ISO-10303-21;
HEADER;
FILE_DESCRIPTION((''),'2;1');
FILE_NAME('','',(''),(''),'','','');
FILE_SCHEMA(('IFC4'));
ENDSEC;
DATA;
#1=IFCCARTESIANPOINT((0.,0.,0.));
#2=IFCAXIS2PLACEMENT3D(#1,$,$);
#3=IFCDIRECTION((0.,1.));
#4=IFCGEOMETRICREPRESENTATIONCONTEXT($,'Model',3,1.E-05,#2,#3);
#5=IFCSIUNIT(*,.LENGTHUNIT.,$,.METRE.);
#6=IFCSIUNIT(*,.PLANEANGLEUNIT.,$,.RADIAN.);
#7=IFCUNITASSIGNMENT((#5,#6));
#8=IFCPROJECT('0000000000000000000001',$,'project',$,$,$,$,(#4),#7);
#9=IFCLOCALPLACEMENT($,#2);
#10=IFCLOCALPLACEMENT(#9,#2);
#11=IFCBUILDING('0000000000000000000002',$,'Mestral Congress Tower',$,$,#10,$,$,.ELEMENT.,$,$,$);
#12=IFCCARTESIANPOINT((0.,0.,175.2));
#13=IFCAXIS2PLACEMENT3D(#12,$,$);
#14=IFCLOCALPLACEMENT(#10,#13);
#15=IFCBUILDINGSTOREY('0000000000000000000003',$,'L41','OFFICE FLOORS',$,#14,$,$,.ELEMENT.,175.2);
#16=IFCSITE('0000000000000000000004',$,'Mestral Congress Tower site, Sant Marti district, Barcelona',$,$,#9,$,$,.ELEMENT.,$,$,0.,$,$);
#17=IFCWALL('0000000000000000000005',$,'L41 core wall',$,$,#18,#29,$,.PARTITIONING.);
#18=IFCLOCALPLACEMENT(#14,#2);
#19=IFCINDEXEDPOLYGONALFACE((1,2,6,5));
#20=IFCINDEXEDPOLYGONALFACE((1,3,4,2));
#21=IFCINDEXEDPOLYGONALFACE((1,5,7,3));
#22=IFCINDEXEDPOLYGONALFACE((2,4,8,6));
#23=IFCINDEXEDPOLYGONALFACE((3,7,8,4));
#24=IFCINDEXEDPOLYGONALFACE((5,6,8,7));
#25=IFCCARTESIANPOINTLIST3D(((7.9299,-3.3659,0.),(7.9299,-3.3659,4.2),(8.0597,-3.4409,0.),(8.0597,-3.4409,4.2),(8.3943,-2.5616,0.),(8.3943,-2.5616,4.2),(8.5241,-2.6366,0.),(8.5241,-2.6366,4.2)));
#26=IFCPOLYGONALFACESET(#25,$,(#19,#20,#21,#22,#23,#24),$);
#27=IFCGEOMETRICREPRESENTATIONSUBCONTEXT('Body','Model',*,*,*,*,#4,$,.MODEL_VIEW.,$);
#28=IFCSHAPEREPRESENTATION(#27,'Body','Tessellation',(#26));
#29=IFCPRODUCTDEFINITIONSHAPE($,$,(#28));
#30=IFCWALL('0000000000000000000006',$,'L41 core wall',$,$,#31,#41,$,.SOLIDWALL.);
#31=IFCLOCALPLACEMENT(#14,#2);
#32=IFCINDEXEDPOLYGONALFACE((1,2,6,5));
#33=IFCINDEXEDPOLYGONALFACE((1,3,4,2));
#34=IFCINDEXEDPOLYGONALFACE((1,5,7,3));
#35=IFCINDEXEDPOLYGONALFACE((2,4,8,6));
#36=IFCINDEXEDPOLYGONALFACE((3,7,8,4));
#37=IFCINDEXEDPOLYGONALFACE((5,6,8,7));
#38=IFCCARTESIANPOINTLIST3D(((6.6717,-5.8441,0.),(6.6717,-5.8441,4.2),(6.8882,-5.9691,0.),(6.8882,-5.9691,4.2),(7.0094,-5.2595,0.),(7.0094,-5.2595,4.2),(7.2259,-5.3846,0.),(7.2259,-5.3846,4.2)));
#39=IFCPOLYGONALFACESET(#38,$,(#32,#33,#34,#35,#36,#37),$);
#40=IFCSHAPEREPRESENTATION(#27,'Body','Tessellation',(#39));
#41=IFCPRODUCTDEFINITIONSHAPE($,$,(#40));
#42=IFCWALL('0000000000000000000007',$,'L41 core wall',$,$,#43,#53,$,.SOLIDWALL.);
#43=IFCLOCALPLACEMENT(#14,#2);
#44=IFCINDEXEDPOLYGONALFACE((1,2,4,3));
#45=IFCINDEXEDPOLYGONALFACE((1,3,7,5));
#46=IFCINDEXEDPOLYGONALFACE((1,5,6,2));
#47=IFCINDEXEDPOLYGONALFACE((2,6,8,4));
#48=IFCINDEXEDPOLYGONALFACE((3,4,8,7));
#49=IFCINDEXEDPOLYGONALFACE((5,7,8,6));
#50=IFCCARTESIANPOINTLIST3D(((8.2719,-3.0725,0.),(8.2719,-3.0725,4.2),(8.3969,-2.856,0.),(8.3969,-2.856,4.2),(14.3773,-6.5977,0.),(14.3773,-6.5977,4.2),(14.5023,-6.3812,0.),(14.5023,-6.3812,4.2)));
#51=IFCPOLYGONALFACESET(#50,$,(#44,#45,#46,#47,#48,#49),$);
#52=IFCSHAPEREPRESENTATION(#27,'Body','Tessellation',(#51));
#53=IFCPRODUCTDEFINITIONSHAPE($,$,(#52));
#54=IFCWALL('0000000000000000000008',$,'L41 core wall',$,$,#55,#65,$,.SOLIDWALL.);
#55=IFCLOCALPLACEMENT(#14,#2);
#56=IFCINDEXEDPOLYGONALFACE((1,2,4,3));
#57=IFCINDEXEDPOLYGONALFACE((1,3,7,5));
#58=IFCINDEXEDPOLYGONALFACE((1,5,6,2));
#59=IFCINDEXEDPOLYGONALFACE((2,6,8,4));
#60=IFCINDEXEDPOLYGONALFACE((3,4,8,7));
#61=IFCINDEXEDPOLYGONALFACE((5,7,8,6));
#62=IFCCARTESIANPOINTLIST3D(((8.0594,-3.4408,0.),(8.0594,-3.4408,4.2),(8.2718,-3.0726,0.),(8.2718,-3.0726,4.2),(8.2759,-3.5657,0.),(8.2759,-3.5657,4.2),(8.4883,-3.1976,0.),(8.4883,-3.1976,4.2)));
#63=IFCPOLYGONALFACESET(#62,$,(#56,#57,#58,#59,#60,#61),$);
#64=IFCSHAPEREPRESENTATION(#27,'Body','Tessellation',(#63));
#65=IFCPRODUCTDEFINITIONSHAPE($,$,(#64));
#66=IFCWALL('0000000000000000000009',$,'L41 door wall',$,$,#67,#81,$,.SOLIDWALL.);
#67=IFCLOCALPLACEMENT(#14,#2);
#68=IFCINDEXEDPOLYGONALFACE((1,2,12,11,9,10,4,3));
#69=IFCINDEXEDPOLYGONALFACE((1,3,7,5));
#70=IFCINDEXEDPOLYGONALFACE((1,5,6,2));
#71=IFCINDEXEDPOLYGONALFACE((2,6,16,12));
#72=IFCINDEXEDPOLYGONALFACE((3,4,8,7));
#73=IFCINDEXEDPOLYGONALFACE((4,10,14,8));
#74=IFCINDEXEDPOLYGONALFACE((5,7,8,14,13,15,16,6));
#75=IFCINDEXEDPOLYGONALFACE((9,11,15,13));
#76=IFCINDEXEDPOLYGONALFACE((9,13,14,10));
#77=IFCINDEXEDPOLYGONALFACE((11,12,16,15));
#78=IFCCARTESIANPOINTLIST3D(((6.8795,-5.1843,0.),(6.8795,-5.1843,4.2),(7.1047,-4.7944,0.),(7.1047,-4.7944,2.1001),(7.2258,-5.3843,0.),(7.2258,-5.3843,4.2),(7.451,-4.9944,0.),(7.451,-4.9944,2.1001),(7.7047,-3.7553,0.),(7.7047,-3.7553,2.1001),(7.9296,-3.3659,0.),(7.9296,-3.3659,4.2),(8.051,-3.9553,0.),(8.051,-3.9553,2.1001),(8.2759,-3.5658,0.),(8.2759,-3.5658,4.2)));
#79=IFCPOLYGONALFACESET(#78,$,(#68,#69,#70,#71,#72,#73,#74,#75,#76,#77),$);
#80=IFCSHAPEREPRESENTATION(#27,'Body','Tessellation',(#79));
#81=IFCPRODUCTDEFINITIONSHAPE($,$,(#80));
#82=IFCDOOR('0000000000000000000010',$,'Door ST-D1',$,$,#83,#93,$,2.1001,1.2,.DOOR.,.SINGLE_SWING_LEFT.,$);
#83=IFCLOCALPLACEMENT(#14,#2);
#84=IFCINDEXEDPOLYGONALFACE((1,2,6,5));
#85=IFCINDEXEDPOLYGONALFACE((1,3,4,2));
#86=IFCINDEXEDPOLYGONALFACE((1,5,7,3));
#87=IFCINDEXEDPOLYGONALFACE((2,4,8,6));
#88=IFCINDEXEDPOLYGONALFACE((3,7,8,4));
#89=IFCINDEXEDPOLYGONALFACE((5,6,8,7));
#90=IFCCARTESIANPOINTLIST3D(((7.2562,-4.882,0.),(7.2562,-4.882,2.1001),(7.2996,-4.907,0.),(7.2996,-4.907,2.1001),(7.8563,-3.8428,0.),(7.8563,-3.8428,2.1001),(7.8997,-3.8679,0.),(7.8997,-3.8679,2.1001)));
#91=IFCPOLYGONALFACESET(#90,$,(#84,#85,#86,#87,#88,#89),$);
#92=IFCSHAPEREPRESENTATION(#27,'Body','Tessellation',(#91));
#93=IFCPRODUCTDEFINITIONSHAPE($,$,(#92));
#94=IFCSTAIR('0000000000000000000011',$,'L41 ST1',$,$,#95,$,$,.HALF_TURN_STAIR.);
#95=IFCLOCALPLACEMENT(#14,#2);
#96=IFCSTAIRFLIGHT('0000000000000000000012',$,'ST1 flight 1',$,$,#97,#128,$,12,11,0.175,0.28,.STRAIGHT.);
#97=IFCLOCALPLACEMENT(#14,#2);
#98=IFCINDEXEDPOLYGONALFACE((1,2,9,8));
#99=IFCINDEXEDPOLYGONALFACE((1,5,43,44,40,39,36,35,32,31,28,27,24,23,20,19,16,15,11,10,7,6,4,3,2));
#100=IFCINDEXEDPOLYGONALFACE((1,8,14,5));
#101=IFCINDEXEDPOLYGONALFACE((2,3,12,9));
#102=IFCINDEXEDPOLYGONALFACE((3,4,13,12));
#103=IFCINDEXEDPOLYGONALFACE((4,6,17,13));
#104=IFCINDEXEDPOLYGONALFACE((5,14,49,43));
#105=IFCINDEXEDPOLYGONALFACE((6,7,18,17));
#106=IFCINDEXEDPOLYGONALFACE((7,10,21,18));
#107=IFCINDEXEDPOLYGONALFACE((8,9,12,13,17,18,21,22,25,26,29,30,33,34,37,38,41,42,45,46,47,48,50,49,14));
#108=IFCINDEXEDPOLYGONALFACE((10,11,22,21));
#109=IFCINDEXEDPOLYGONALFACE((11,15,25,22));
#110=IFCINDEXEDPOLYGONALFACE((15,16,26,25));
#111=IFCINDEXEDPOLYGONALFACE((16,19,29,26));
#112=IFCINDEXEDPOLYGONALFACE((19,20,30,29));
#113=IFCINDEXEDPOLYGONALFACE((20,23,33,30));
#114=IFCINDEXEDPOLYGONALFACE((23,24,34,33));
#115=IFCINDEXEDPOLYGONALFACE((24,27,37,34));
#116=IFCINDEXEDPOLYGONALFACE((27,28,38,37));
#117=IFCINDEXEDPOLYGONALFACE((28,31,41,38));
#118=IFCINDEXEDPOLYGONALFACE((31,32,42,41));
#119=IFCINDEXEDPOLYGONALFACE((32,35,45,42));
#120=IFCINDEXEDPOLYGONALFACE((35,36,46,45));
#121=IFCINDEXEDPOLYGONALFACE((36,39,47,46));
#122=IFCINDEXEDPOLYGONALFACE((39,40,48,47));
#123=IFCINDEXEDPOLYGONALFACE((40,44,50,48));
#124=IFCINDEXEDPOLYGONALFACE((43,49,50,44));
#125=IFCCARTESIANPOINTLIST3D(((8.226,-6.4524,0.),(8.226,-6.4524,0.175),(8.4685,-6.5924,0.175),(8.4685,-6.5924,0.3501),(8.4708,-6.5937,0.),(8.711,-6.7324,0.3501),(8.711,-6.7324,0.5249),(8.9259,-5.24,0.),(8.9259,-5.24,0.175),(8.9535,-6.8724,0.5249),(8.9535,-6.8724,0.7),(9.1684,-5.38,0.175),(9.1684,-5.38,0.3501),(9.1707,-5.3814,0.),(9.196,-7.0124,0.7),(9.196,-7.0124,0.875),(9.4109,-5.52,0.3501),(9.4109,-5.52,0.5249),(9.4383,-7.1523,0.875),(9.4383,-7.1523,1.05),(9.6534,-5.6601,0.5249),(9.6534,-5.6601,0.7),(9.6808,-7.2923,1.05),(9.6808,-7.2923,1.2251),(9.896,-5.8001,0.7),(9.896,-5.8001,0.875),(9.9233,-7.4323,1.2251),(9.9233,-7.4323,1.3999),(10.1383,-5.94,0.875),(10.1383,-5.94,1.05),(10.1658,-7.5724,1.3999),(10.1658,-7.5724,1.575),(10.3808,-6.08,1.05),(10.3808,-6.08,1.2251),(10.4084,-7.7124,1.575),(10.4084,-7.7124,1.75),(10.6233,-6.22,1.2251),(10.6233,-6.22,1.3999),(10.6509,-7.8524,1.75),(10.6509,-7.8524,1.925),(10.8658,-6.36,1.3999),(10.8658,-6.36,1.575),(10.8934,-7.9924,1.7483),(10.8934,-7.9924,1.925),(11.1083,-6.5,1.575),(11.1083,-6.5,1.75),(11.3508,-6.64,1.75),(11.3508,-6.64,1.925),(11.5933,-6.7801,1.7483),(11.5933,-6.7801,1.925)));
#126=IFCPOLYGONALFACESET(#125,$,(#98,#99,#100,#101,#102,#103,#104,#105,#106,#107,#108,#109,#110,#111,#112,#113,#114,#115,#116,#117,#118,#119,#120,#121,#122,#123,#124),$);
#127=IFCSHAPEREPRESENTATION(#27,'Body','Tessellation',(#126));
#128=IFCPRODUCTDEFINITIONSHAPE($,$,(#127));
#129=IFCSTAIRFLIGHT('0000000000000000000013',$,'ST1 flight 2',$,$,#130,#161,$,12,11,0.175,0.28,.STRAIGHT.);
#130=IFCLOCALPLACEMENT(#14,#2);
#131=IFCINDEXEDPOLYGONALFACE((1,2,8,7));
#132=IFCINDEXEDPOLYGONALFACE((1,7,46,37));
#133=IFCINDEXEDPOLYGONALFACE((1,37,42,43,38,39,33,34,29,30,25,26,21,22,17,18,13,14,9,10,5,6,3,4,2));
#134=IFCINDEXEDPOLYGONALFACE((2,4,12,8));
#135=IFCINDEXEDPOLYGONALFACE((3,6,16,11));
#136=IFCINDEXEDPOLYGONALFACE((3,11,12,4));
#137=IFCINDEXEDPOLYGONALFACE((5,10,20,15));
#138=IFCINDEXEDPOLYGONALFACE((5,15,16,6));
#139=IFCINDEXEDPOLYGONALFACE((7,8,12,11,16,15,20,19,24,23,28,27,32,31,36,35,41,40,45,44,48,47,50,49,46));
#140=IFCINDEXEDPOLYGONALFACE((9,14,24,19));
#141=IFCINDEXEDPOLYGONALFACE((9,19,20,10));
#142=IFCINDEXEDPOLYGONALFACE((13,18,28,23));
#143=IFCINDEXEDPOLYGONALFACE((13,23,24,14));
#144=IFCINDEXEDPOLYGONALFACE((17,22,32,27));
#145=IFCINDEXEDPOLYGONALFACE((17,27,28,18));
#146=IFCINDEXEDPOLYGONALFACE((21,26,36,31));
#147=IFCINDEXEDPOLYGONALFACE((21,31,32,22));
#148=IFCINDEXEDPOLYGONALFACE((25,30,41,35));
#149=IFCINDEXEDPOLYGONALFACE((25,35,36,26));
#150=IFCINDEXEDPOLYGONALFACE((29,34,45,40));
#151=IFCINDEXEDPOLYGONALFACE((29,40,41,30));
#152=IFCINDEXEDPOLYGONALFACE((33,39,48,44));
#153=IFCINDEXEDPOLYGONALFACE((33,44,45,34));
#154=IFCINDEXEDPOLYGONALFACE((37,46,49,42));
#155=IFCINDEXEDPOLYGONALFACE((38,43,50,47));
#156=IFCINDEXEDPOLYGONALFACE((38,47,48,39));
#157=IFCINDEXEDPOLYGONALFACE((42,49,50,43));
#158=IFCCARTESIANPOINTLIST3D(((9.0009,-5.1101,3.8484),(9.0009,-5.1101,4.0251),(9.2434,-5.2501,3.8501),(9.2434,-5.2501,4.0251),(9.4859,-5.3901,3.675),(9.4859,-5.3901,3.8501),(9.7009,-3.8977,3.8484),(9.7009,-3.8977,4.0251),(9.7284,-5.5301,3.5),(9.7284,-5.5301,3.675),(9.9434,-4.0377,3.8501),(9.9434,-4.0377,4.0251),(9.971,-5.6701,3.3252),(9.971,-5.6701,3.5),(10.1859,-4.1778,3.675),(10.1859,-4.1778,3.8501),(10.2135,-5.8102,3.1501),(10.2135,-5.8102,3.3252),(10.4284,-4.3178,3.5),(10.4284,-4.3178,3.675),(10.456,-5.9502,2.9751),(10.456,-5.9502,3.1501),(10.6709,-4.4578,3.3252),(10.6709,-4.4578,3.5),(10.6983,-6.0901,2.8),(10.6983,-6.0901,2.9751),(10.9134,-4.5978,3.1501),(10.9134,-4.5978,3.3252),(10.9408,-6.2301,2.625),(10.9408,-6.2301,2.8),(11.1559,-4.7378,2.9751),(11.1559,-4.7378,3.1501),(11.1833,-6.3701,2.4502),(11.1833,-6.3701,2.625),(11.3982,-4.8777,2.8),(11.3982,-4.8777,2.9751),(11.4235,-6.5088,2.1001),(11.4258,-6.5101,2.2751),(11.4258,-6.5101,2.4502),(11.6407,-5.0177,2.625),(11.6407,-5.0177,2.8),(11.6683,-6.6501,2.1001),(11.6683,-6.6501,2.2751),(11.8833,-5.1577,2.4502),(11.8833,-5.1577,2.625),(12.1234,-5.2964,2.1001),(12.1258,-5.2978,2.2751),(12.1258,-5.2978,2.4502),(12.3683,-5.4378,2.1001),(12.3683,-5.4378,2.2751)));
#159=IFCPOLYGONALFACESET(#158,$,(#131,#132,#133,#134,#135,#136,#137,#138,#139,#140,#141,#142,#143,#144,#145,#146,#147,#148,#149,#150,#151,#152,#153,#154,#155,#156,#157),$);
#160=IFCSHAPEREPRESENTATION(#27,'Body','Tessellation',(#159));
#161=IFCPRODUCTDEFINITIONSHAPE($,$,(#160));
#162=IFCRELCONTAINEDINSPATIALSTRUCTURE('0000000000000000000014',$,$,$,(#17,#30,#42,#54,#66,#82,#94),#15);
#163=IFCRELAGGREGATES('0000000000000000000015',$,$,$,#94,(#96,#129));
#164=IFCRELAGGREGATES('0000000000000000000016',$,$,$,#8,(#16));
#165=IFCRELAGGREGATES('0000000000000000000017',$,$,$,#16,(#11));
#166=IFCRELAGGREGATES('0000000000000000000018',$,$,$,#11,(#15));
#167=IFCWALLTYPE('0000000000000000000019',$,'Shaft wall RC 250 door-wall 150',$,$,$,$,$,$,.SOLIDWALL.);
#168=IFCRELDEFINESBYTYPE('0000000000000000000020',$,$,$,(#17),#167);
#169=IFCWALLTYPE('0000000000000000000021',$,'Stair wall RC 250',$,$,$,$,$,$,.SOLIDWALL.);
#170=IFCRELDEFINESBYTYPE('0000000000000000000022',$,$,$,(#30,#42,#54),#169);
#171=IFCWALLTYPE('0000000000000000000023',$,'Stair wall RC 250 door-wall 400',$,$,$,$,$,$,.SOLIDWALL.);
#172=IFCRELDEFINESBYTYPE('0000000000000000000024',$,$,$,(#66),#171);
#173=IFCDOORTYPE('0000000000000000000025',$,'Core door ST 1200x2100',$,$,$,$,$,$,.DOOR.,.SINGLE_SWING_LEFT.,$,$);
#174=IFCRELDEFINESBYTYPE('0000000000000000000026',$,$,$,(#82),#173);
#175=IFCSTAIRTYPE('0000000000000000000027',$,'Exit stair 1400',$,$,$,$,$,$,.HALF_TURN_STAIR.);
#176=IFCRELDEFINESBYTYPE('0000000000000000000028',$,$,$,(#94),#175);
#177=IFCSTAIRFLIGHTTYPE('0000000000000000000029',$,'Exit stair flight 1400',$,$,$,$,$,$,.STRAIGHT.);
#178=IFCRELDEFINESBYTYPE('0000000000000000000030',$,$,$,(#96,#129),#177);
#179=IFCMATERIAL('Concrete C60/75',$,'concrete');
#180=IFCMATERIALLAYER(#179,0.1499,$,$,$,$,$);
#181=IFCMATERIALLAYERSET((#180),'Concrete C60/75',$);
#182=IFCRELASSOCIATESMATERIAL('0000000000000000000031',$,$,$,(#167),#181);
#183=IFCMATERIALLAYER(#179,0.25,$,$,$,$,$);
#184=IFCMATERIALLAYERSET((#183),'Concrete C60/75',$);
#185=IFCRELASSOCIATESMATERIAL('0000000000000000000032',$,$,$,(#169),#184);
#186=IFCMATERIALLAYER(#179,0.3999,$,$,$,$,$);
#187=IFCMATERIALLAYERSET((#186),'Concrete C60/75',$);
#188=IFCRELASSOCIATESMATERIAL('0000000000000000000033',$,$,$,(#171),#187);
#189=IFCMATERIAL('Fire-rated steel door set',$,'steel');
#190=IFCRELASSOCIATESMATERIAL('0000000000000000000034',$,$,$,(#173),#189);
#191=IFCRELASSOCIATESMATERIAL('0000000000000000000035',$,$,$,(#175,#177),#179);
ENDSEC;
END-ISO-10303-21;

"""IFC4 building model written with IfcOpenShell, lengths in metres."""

from ifc_helpers import new_model, si_unit, direction, frame, frame_2d, origin, place, context, subcontext, project, spatial, polyline, rectangle, outline, extrude, material, layer, layer_set, type_object, element, fill, aggregate, save


model = new_model("IFC4")

# Units and contexts
model_context = context("Model", 3, precision=1e-05, world=origin(), true_north=direction((0.0, 1.0)))
body_context = subcontext(model_context, "Body", "Model", "MODEL_VIEW")
ifc_project = project(units=[si_unit("LENGTHUNIT", "METRE"), si_unit("PLANEANGLEUNIT", "RADIAN")], contexts=[model_context])

# Site, building, storey
site_placement = place(None, origin())
site = spatial("IfcSite", under=ifc_project, at=site_placement, Name="Mestral Congress Tower site, Sant Marti district, Barcelona", CompositionType="ELEMENT", RefElevation=0.0)
building_placement = place(site_placement, origin())
building = spatial("IfcBuilding", under=site, at=building_placement, Name="Mestral Congress Tower", CompositionType="ELEMENT")
storey_placement = place(building_placement, frame((0.0, 0.0, 175.2)))
storey = spatial("IfcBuildingStorey", under=building, at=storey_placement, Name="L41", Description="OFFICE FLOORS", CompositionType="ELEMENT", Elevation=175.2)

# Shared definitions
ifc_material_1 = material(Name="Fire-rated steel door set", Category="steel")

# Shared definitions
ifc_material_2 = material(Name="Concrete C60/75", Category="concrete")

# Walls
ifc_layer_1 = layer(ifc_material_2, 0.1499)
ifc_layer_set_1 = layer_set([ifc_layer_1], Name="Concrete C60/75")
wall_type_1 = type_object("IfcWallType", Name="Shaft wall RC 250 door-wall 150", PredefinedType="SOLIDWALL", material=ifc_layer_set_1)
wall_1_placement = place(storey_placement, frame((8.4592, -2.5991, 0.0), z_axis=(0.0, 0.0, 1.0), x_axis=(-0.500041, -0.866002, 0.0)))
element("IfcWall", 1, at=wall_1_placement, inside=storey, type_object=wall_type_1, Name="L41 core wall", PredefinedType="PARTITIONING", context=body_context, shape_type="SweptSolid", body=[
    extrude(rectangle(XDim=0.9287, YDim=0.1499, at=frame_2d((0.4644, 0.0))), origin(), (0.0, 0.0, 1.0), 4.2),
])
ifc_layer_2 = layer(ifc_material_2, 0.25)
ifc_layer_set_2 = layer_set([ifc_layer_2], Name="Concrete C60/75")
wall_type_2 = type_object("IfcWallType", Name="Stair wall RC 250", PredefinedType="SOLIDWALL", material=ifc_layer_set_2)
wall_2_placement = place(storey_placement, frame((6.78, -5.9065, 0.0), z_axis=(0.0, 0.0, 1.0), x_axis=(0.500223, 0.865896, 0.0)))
element("IfcWall", 2, at=wall_2_placement, inside=storey, type_object=wall_type_2, Name="L41 core wall", PredefinedType="SOLIDWALL", context=body_context, shape_type="SweptSolid", body=[
    extrude(rectangle(XDim=0.675, YDim=0.25, at=frame_2d((0.3374, 0.0))), origin(), (0.0, 0.0, 1.0), 4.2),
])
wall_3_placement = place(storey_placement, frame((8.3345, -2.9644, 0.0), z_axis=(0.0, 0.0, 1.0), x_axis=(0.866016, -0.500016, 0.0)))
element("IfcWall", 3, at=wall_3_placement, inside=storey, type_object=wall_type_2, Name="L41 core wall", PredefinedType="SOLIDWALL", context=body_context, shape_type="SweptSolid", body=[
    extrude(rectangle(XDim=7.05, YDim=0.25, at=frame_2d((3.5249, 0.0))), origin(), (0.0, 0.0, 1.0), 4.2),
])
wall_4_placement = place(storey_placement, frame((8.1677, -3.5032, 0.0), z_axis=(0.0, 0.0, 1.0), x_axis=(0.499722, 0.866186, 0.0)))
element("IfcWall", 4, at=wall_4_placement, inside=storey, type_object=wall_type_2, Name="L41 core wall", PredefinedType="SOLIDWALL", context=body_context, shape_type="SweptSolid", body=[
    extrude(rectangle(XDim=0.425, YDim=0.25, at=frame_2d((0.2124, 0.0))), origin(), (0.0, 0.0, 1.0), 4.2),
])

# Wall, opening, door
ifc_layer_3 = layer(ifc_material_2, 0.3999)
ifc_layer_set_3 = layer_set([ifc_layer_3], Name="Concrete C60/75")
wall_type_3 = type_object("IfcWallType", Name="Stair wall RC 250 door-wall 400", PredefinedType="SOLIDWALL", material=ifc_layer_set_3)
wall_5_placement = place(storey_placement, frame((7.0527, -5.2842, 0.0), z_axis=(0.0, 0.0, 1.0), x_axis=(0.500078, 0.86598, 0.0)))
wall_5 = element("IfcWall", 5, at=wall_5_placement, inside=storey, type_object=wall_type_3, Name="L41 door wall", PredefinedType="SOLIDWALL", context=body_context, shape_type="SweptSolid", body=[
    extrude(rectangle(XDim=2.0999, YDim=0.3999, at=frame_2d((1.0498, 0.0))), origin(), (0.0, 0.0, 1.0), 4.2),
])
opening_1_placement = place(wall_5_placement, frame((0.45, 0.0, 0.0)))
opening_1 = element("IfcOpeningElement", 6, at=opening_1_placement, cuts=wall_5, PredefinedType="OPENING", context=body_context, shape_type="SweptSolid", body=[
    extrude(rectangle(XDim=1.2, YDim=2.1001, at=frame_2d((0.6001, 1.05))), frame((0.0, 0.21, 0.0), z_axis=(0.0, -1.0, 0.0), x_axis=(1.0, 0.0, 0.0)), (0.0, 0.0, 1.0), 0.4199),
])
door_type_1 = type_object("IfcDoorType", Name="Core door ST 1200x2100", OperationType="SINGLE_SWING_LEFT", PredefinedType="DOOR", material=ifc_material_1)
door_1_placement = place(opening_1_placement, origin())
door_1 = element("IfcDoor", 7, at=door_1_placement, inside=storey, type_object=door_type_1, Name="Door ST-D1", OperationType="SINGLE_SWING_LEFT", OverallHeight=2.1001, OverallWidth=1.2, PredefinedType="DOOR", context=body_context, shape_type="SweptSolid", body=[
    extrude(rectangle(XDim=1.2, YDim=2.1001, at=frame_2d((0.6001, 1.05))), frame((0.0, 0.0249, 0.0), z_axis=(0.0, -1.0, 0.0), x_axis=(1.0, 0.0, 0.0)), (0.0, 0.0, 1.0), 0.05),
])
fill(opening_1, door_1)

# Stair, stair flights
stair_type = type_object("IfcStairType", Name="Exit stair 1400", PredefinedType="HALF_TURN_STAIR", material=ifc_material_2)
stair_placement = place(storey_placement, origin())
stair = element("IfcStair", 8, at=stair_placement, inside=storey, type_object=stair_type, Name="L41 ST1", PredefinedType="HALF_TURN_STAIR")
stair_flight_type = type_object("IfcStairFlightType", Name="Exit stair flight 1400", PredefinedType="STRAIGHT", material=ifc_material_2)
stair_flight_1_placement = place(storey_placement, frame((8.5759, -5.8462, 0.0), z_axis=(0.0, 0.0, 1.0), x_axis=(0.866025, -0.5, 0.0)))
stair_flight_1 = element("IfcStairFlight", 9, at=stair_flight_1_placement, type_object=stair_flight_type, Name="ST1 flight 1", NumberOfRisers=12, NumberOfTreads=11, PredefinedType="STRAIGHT", RiserHeight=0.175, TreadLength=0.28, context=body_context, shape_type="SweptSolid", body=[
    extrude(outline(polyline([(0.0, 0.0), (0.0, 0.175), (0.28, 0.175), (0.28, 0.3501), (0.5601, 0.3501), (0.5601, 0.5249), (0.8401, 0.5249), (0.8401, 0.7), (1.1201, 0.7), (1.1201, 0.875), (1.3999, 0.875), (1.3999, 1.05), (1.6799, 1.05), (1.6799, 1.2251), (1.96, 1.2251), (1.96, 1.3999), (2.24, 1.3999), (2.24, 1.575), (2.52, 1.575), (2.52, 1.75), (2.8, 1.75), (2.8, 1.925), (3.0801, 1.925), (3.0801, 2.1001), (3.0801, 1.7483), (0.2827, 0.0), (0.0, 0.0)])), frame((0.0, 0.7, 0.0), z_axis=(0.0, -1.0, 0.0), x_axis=(1.0, 0.0, 0.0)), (0.0, 0.0, 1.0), 1.3999),
])
stair_flight_2_placement = place(storey_placement, frame((12.0183, -6.0439, 2.1001), z_axis=(0.0, 0.0, 1.0), x_axis=(-0.866025, 0.5, 0.0)))
stair_flight_2 = element("IfcStairFlight", 10, at=stair_flight_2_placement, type_object=stair_flight_type, Name="ST1 flight 2", NumberOfRisers=12, NumberOfTreads=11, PredefinedType="STRAIGHT", RiserHeight=0.175, TreadLength=0.28, context=body_context, shape_type="SweptSolid", body=[
    extrude(outline(polyline([(0.0, 0.0), (0.0, 0.175), (0.28, 0.175), (0.28, 0.3501), (0.5601, 0.3501), (0.5601, 0.5249), (0.8401, 0.5249), (0.8401, 0.7), (1.1201, 0.7), (1.1201, 0.875), (1.3999, 0.875), (1.3999, 1.05), (1.6799, 1.05), (1.6799, 1.2251), (1.96, 1.2251), (1.96, 1.3999), (2.24, 1.3999), (2.24, 1.575), (2.52, 1.575), (2.52, 1.75), (2.8, 1.75), (2.8, 1.925), (3.0801, 1.925), (3.0801, 2.1001), (3.0801, 1.7483), (0.2827, 0.0), (0.0, 0.0)])), frame((0.0, 0.7, 0.0), z_axis=(0.0, -1.0, 0.0), x_axis=(1.0, 0.0, 0.0)), (0.0, 0.0, 1.0), 1.3999),
])
aggregate(stair, [stair_flight_1, stair_flight_2])

save(model, "model.ifc")
